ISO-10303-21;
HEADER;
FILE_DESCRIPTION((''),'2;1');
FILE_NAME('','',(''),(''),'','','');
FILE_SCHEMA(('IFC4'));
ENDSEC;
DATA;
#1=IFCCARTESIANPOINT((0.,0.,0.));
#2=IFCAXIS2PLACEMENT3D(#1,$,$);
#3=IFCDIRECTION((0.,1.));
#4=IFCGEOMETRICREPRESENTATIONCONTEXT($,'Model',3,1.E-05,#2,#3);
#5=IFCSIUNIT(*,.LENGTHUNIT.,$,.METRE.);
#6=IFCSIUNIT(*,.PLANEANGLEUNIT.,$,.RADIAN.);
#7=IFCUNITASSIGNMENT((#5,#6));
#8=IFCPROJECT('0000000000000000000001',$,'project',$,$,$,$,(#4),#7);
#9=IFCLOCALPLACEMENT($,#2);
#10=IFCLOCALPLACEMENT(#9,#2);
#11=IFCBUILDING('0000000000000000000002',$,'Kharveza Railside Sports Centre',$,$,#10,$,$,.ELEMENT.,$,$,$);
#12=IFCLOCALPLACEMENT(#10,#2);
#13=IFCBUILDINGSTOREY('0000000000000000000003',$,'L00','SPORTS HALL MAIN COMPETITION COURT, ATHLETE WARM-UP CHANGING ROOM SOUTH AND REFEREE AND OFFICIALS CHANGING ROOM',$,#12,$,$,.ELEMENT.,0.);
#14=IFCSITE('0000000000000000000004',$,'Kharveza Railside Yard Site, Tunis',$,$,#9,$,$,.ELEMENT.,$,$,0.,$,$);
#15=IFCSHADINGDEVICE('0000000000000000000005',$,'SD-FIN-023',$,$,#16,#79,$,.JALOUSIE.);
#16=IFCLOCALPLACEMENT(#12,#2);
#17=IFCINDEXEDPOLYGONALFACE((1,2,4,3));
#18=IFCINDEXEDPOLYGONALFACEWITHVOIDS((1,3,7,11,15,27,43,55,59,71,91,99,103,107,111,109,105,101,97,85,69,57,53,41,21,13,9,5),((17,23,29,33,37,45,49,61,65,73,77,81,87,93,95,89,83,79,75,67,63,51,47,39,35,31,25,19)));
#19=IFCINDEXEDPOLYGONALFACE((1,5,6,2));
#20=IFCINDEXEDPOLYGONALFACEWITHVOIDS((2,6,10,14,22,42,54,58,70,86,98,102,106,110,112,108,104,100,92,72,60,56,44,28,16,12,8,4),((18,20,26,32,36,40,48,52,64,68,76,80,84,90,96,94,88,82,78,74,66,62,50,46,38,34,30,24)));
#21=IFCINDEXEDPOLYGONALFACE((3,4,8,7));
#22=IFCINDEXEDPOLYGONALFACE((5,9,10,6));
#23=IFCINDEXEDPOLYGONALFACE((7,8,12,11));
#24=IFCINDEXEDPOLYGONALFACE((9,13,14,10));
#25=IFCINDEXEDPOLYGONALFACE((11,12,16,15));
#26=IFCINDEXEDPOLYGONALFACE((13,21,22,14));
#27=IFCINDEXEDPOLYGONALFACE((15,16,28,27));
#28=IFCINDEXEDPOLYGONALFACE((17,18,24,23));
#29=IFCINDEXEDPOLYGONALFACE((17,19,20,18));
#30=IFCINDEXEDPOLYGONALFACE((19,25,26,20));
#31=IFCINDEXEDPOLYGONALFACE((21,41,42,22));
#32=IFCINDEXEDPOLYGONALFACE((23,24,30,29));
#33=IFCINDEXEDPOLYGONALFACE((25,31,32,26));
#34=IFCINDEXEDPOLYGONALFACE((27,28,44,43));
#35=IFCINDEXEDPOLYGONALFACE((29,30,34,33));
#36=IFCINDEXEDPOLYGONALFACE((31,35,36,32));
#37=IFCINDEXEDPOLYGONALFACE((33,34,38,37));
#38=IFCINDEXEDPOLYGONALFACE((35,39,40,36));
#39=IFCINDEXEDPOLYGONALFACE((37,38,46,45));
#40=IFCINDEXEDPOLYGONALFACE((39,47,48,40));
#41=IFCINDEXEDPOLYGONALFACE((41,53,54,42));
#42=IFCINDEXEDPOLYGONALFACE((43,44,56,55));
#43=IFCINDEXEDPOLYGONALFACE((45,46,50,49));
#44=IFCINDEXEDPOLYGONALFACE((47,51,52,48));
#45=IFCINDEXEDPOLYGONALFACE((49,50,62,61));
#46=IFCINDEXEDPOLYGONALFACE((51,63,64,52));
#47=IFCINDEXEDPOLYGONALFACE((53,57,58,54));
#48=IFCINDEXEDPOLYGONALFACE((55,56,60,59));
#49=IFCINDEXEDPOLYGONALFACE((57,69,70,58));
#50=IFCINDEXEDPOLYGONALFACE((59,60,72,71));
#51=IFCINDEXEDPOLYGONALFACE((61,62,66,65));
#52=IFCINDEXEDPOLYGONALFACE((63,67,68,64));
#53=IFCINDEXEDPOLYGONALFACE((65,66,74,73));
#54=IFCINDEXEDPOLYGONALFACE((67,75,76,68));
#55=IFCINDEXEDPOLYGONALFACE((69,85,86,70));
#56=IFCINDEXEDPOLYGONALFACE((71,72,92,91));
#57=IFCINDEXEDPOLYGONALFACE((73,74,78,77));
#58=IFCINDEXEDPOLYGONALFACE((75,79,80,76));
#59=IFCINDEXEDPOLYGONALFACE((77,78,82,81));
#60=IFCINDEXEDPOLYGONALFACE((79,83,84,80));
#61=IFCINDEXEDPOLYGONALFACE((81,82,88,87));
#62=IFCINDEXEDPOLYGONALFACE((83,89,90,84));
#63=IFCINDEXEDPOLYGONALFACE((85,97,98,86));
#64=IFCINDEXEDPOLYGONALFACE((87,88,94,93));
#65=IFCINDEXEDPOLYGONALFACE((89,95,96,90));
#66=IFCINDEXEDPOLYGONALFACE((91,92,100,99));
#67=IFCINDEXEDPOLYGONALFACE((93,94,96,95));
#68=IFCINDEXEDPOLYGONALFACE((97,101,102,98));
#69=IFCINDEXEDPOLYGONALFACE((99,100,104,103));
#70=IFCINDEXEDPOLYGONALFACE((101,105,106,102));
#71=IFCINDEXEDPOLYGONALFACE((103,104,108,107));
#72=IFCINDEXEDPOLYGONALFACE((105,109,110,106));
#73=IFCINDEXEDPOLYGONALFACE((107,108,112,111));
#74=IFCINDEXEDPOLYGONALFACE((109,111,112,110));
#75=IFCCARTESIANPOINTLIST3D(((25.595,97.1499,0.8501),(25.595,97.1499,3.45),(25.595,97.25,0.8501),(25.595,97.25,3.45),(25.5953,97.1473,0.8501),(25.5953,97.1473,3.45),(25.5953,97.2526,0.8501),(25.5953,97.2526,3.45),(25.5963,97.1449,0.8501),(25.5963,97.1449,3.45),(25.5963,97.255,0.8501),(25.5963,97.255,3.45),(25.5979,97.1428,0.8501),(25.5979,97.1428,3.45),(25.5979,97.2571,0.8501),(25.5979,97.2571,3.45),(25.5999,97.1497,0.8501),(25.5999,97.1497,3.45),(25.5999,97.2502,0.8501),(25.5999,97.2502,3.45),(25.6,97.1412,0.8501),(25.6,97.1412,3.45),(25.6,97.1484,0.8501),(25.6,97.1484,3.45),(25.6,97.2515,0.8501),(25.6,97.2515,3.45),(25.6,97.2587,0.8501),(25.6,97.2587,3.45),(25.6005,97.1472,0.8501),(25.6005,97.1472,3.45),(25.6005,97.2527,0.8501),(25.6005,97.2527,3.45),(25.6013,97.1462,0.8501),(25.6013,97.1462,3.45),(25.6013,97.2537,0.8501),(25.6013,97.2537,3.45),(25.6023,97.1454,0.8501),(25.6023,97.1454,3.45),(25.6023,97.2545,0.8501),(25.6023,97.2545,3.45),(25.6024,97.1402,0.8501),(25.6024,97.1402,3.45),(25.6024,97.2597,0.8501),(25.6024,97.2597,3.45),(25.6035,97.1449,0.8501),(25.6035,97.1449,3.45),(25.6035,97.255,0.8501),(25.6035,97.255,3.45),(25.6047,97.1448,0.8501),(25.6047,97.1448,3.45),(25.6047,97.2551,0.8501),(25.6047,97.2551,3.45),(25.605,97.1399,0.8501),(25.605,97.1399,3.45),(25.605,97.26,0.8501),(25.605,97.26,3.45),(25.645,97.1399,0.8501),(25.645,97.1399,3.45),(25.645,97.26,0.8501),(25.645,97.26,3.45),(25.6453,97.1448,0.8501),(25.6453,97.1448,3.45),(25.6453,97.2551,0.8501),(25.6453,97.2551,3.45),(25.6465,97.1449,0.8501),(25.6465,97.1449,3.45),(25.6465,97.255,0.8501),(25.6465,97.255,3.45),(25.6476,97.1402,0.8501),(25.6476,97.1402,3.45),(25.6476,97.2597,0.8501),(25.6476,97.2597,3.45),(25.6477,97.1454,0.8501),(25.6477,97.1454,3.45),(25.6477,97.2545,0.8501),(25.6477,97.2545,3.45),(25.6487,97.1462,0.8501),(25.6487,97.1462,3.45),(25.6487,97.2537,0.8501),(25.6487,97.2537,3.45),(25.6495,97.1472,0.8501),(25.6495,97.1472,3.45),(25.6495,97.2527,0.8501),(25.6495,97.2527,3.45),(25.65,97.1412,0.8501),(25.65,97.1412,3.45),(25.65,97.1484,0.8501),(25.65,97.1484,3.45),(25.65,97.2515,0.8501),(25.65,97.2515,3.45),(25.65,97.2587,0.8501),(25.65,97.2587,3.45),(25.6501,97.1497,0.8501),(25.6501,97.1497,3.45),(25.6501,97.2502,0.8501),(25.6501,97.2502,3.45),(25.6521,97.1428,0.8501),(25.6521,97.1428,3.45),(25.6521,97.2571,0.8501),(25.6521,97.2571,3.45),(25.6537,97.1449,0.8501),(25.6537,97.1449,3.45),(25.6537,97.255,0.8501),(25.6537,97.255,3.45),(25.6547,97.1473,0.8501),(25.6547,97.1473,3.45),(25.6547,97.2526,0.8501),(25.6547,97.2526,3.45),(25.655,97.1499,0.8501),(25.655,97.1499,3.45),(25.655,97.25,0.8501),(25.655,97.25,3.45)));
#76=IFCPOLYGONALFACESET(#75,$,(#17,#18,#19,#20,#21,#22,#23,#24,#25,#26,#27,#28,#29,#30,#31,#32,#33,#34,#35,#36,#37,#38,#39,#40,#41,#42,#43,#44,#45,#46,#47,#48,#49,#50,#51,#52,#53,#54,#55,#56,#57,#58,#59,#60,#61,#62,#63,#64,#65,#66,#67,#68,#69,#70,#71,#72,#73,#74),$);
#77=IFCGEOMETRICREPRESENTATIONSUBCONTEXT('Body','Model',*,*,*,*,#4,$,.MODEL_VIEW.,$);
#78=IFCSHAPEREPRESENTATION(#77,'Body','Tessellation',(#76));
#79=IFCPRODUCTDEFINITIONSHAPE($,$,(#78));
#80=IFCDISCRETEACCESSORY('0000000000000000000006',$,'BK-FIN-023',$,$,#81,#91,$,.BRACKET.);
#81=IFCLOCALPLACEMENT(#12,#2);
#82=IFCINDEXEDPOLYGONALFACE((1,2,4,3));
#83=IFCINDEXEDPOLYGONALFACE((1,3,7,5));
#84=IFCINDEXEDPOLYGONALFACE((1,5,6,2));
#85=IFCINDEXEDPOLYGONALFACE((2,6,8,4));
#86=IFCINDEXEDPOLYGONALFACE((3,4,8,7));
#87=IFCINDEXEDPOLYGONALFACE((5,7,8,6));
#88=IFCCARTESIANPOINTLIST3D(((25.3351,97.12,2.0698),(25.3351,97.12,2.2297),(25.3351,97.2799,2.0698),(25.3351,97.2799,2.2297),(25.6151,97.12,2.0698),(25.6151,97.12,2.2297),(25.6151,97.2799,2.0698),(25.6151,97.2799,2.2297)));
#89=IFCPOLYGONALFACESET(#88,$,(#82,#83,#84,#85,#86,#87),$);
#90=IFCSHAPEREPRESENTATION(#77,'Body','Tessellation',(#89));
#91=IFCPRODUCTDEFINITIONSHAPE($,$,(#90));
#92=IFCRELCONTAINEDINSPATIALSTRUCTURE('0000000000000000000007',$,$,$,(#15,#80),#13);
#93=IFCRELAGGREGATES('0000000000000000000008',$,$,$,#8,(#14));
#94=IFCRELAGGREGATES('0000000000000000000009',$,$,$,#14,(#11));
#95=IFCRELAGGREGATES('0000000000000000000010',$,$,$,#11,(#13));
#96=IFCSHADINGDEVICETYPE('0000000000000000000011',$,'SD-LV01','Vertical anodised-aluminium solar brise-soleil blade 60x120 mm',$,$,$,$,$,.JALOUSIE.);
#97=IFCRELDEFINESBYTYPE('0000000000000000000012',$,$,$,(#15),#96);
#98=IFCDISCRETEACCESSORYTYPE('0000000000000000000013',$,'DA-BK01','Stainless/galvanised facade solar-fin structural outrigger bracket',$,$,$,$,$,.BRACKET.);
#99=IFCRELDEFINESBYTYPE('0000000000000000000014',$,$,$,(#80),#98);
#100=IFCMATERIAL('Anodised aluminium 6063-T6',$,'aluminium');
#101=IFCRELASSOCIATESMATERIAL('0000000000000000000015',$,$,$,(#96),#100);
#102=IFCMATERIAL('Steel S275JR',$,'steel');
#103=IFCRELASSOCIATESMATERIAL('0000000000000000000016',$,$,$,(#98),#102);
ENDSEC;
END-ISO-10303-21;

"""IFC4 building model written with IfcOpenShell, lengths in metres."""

from ifc_helpers import new_model, si_unit, direction, frame, origin, origin_2d, place, context, subcontext, project, spatial, rectangle, hollow_rectangle, extrude, material, material_profile, profile_set, type_object, element, save


model = new_model("IFC4")

# Units and contexts
model_context = context("Model", 3, precision=1e-05, world=origin(), true_north=direction((0.0, 1.0)))
body_context = subcontext(model_context, "Body", "Model", "MODEL_VIEW")
ifc_project = project(units=[si_unit("LENGTHUNIT", "METRE"), si_unit("PLANEANGLEUNIT", "RADIAN")], contexts=[model_context])

# Site, building, storey
site_placement = place(None, origin())
site = spatial("IfcSite", under=ifc_project, at=site_placement, Name="Kharveza Railside Yard Site, Tunis", CompositionType="ELEMENT", RefElevation=0.0)
building_placement = place(site_placement, origin())
building = spatial("IfcBuilding", under=site, at=building_placement, Name="Kharveza Railside Sports Centre", CompositionType="ELEMENT")
storey_placement = place(building_placement, origin())
storey = spatial("IfcBuildingStorey", under=building, at=storey_placement, Name="L00", Description="SPORTS HALL MAIN COMPETITION COURT, ATHLETE WARM-UP CHANGING ROOM SOUTH AND REFEREE AND OFFICIALS CHANGING ROOM", CompositionType="ELEMENT", Elevation=0.0)

# Shading device
ifc_material_1 = material(Name="Anodised aluminium 6063-T6", Category="aluminium")
ifc_material_profile_1 = material_profile(ifc_material_1, hollow_rectangle(XDim=0.0601, YDim=0.1201, WallThickness=0.0049, InnerFilletRadius=0.0049, OuterFilletRadius=0.01, at=origin_2d()), Name="RHS 60x120x5.0")
ifc_profile_set_1 = profile_set([ifc_material_profile_1], Name="Anodised aluminium 6063-T6")
shading_device_type = type_object("IfcShadingDeviceType", Name="SD-LV01", Description="Vertical anodised-aluminium solar brise-soleil blade 60x120 mm", PredefinedType="JALOUSIE", material=ifc_profile_set_1)
shading_device_placement = place(storey_placement, frame((25.625, 97.2, 0.8501), z_axis=(0.0, 0.0, 1.0), x_axis=(1.0, 0.0, 0.0)))
element("IfcShadingDevice", 1, at=shading_device_placement, inside=storey, type_object=shading_device_type, Name="SD-FIN-023", PredefinedType="JALOUSIE", context=body_context, shape_type="SweptSolid", body=[
    extrude(hollow_rectangle(XDim=0.0601, YDim=0.1201, WallThickness=0.0049, InnerFilletRadius=0.0049, OuterFilletRadius=0.01, at=origin_2d()), origin(), (0.0, 0.0, 1.0), 2.5999),
])

# Discrete accessory
ifc_material_2 = material(Name="Steel S275JR", Category="steel")
discrete_accessory_type = type_object("IfcDiscreteAccessoryType", Name="DA-BK01", Description="Stainless/galvanised facade solar-fin structural outrigger bracket", PredefinedType="BRACKET", material=ifc_material_2)
discrete_accessory_placement = place(storey_placement, frame((25.4751, 97.2, 2.0698), z_axis=(0.0, 0.0, 1.0), x_axis=(1.0, 0.0, 0.0)))
element("IfcDiscreteAccessory", 2, at=discrete_accessory_placement, inside=storey, type_object=discrete_accessory_type, Name="BK-FIN-023", PredefinedType="BRACKET", context=body_context, shape_type="SweptSolid", body=[
    extrude(rectangle(XDim=0.28, YDim=0.1599, at=origin_2d()), origin(), (0.0, 0.0, 1.0), 0.1599),
])

save(model, "model.ifc")
